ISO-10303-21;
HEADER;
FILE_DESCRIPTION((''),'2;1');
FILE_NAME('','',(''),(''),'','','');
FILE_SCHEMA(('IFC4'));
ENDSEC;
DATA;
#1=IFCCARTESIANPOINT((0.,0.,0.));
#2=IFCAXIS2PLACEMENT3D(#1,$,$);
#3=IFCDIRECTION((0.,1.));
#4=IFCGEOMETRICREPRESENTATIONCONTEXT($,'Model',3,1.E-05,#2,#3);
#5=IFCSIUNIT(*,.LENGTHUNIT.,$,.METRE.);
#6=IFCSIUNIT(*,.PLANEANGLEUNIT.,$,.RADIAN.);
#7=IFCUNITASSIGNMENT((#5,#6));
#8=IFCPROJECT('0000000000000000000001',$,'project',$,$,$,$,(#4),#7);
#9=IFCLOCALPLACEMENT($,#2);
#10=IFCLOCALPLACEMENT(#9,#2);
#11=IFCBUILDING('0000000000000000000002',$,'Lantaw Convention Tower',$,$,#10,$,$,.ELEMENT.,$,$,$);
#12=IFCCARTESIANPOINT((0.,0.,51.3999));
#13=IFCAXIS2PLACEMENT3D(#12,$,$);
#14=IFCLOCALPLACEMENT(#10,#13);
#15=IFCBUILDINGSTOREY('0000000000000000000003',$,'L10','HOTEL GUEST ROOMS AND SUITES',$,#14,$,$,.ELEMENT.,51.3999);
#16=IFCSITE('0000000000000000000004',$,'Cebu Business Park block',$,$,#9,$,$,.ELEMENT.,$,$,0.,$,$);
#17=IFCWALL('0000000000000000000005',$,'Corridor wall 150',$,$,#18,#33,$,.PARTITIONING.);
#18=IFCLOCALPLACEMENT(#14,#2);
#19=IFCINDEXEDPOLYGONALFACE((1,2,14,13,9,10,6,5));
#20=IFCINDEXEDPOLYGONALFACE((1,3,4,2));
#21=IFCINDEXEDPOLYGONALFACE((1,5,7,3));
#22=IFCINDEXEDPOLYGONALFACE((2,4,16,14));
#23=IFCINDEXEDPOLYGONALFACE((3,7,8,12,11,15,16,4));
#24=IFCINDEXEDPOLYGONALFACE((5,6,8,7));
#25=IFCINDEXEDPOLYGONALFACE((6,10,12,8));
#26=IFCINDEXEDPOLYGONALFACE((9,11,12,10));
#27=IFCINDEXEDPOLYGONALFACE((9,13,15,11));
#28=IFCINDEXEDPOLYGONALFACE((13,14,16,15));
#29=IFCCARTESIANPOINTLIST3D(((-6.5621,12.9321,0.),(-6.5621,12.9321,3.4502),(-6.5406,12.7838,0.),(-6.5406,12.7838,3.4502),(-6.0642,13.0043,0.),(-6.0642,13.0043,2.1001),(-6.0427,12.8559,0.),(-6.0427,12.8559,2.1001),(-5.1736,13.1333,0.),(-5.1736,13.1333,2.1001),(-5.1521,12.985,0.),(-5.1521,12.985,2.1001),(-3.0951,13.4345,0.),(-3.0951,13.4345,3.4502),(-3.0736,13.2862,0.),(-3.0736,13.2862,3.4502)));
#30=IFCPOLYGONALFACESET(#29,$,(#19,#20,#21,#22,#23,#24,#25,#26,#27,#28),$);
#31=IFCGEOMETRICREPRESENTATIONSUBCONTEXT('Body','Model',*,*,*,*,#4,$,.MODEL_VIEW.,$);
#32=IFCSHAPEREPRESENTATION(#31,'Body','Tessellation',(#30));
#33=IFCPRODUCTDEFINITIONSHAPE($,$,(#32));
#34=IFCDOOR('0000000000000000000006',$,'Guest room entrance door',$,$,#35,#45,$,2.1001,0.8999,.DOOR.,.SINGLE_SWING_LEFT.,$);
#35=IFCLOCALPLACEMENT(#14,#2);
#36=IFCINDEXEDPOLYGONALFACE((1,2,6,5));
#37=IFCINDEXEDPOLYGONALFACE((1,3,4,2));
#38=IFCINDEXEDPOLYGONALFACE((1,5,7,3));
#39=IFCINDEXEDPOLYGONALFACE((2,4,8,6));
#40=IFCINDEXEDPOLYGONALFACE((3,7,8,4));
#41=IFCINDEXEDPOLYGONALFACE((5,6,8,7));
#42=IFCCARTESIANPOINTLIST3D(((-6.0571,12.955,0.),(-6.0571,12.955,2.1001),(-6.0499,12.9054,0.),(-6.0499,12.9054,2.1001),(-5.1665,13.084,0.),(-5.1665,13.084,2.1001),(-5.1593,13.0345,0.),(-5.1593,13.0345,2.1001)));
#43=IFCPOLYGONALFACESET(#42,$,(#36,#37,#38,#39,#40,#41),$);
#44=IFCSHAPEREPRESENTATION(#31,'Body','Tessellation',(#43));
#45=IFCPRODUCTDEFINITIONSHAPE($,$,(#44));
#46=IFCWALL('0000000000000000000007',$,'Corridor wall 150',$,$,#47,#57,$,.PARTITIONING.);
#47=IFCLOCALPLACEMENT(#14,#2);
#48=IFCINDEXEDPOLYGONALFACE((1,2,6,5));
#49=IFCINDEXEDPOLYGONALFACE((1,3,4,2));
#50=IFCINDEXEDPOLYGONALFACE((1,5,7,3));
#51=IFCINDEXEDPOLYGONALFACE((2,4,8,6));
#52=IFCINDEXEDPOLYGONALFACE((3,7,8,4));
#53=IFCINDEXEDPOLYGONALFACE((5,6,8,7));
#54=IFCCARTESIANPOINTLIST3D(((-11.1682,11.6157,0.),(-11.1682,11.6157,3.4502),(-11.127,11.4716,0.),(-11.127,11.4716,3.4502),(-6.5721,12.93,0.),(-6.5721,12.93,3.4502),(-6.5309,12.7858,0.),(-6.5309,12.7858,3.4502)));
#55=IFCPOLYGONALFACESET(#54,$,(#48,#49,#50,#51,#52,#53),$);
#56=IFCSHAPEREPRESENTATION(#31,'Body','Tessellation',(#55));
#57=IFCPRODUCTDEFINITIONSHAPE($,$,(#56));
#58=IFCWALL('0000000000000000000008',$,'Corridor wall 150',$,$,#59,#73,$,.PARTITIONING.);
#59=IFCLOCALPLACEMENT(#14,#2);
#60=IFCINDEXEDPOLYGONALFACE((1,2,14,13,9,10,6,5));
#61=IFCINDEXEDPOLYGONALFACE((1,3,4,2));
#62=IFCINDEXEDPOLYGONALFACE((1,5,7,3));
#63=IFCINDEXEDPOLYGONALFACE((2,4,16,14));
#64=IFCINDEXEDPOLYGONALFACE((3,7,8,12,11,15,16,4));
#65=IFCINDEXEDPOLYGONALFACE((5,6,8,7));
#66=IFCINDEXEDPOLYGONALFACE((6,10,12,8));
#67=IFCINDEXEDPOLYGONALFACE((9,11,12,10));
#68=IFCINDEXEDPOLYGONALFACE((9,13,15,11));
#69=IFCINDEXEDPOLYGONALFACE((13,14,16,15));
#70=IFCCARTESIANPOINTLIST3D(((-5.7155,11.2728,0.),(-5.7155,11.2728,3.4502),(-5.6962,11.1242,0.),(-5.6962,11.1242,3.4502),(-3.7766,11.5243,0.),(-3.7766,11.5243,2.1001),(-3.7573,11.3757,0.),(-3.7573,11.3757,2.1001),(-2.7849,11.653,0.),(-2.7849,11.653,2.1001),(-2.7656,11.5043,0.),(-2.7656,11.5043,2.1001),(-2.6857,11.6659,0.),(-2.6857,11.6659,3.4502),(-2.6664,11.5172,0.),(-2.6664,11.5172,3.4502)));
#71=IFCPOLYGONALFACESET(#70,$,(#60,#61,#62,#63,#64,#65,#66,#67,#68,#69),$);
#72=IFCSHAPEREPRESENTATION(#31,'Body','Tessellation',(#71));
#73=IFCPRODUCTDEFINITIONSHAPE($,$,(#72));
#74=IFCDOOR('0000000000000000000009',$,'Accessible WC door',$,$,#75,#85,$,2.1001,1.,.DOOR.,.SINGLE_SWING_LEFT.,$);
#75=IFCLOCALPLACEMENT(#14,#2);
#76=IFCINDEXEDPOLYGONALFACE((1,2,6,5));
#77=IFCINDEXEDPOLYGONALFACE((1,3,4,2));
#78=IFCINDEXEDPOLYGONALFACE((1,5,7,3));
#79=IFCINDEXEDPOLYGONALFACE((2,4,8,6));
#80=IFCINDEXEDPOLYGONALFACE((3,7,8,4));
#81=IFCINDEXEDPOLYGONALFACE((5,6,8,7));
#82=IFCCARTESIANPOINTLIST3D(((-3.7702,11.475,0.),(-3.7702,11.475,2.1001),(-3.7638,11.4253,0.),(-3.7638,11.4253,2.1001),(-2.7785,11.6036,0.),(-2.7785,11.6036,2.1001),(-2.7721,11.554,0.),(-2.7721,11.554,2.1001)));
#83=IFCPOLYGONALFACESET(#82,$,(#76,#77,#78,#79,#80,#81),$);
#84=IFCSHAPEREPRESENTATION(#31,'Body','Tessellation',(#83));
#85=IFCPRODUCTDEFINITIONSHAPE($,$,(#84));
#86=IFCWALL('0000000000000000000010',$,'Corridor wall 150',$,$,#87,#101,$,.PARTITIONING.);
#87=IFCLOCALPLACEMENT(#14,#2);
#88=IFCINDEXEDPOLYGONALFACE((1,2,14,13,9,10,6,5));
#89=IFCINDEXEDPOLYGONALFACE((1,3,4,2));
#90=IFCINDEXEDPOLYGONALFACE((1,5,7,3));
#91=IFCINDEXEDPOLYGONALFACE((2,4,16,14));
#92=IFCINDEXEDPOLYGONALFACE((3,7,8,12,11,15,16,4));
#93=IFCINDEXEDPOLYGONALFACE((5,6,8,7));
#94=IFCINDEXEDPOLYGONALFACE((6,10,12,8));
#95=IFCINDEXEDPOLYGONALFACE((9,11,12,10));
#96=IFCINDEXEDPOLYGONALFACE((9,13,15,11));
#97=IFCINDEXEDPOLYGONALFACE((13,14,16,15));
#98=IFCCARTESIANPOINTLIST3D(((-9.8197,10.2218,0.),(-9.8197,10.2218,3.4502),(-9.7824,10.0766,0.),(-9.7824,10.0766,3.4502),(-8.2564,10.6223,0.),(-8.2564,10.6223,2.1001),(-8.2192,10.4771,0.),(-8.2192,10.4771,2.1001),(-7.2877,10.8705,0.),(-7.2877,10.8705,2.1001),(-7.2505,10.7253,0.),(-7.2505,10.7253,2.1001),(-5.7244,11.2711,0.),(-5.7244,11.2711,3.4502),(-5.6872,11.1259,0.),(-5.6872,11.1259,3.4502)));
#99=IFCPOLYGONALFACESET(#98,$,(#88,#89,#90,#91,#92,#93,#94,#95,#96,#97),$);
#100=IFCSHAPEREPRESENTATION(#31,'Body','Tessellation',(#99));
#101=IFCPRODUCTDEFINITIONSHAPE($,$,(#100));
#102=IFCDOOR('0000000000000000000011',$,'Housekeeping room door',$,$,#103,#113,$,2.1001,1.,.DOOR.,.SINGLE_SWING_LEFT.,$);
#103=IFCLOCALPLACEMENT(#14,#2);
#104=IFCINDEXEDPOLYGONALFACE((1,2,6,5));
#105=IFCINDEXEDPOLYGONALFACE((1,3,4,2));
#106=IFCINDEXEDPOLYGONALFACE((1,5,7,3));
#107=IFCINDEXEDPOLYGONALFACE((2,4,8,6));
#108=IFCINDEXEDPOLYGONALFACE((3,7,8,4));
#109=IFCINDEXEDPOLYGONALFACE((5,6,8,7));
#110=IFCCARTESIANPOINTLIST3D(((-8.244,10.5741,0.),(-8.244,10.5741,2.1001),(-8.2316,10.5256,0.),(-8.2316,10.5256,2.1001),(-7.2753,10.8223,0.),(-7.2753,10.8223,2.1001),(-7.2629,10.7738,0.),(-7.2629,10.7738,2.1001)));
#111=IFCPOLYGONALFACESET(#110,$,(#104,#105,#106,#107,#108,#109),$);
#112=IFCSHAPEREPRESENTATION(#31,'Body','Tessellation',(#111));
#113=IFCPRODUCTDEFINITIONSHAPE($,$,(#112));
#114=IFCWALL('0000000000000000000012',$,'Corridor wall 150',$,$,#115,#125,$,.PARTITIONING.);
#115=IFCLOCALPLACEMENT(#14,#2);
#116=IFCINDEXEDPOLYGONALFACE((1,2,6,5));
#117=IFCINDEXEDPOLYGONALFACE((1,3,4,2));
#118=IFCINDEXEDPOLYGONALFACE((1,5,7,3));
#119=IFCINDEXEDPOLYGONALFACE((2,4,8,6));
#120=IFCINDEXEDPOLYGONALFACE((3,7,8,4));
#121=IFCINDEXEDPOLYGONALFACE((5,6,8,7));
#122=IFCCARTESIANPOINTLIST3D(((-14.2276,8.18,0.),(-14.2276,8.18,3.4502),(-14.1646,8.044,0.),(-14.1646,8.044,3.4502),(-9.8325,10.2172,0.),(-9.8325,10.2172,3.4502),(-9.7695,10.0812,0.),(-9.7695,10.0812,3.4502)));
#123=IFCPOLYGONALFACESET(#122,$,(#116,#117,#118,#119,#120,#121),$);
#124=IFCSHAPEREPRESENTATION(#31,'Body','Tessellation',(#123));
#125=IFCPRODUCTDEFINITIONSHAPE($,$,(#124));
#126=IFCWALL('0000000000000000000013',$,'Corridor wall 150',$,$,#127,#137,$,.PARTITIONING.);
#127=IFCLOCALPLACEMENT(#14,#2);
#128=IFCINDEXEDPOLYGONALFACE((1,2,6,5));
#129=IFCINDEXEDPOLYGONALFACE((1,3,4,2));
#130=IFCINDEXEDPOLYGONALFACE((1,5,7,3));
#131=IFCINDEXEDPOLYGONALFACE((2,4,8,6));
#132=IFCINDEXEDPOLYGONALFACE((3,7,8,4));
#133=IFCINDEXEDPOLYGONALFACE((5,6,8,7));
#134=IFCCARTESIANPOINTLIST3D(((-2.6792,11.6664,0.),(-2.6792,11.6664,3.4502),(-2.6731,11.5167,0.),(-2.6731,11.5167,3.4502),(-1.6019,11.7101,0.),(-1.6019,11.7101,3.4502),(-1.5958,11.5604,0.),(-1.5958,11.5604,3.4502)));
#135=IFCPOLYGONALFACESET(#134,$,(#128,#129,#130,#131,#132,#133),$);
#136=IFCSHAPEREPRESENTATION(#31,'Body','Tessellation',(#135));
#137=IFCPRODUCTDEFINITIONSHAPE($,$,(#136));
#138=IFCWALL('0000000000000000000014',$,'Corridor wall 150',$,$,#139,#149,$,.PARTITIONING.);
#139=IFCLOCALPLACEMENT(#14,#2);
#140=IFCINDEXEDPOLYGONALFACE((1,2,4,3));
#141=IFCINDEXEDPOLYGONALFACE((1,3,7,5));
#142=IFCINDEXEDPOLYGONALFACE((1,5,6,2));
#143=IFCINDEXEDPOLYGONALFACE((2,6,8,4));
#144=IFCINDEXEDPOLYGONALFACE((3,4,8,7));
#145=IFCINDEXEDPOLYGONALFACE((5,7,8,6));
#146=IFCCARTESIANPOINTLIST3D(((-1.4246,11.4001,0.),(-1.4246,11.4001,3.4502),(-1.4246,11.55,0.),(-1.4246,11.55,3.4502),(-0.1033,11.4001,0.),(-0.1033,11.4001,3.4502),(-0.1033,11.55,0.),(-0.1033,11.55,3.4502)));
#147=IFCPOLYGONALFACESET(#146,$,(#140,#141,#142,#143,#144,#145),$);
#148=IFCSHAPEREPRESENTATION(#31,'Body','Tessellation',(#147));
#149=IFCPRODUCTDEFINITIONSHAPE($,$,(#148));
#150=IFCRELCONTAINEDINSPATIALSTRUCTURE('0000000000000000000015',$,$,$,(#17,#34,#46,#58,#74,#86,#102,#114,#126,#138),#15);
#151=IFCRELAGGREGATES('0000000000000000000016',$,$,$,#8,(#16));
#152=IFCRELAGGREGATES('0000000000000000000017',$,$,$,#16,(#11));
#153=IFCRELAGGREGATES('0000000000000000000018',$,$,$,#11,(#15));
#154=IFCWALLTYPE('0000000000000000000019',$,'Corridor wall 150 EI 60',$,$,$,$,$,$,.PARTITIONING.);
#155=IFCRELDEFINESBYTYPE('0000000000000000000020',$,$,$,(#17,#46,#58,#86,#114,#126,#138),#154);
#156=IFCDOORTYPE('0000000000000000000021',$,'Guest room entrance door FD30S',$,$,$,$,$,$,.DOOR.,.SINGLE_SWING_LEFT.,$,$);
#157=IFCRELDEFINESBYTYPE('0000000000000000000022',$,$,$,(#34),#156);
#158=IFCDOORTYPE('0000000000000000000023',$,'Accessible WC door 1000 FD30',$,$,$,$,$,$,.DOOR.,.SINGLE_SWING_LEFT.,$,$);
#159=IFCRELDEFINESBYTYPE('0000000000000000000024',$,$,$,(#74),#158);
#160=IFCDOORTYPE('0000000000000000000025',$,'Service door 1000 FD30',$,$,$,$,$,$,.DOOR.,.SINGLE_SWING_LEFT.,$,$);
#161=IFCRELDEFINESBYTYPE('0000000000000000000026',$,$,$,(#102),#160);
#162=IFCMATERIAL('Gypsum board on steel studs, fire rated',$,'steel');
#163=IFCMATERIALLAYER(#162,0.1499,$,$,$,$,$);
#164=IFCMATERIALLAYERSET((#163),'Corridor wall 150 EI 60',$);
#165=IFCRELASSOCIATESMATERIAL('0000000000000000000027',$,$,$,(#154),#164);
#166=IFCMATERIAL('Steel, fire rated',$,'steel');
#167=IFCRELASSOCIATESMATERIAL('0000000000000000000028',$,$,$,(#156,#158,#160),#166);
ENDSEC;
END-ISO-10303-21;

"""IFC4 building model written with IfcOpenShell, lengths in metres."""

from ifc_helpers import new_model, si_unit, direction, frame, frame_2d, origin, place, context, subcontext, project, spatial, rectangle, extrude, material, layer, layer_set, type_object, element, fill, save


model = new_model("IFC4")

# Units and contexts
model_context = context("Model", 3, precision=1e-05, world=origin(), true_north=direction((0.0, 1.0)))
body_context = subcontext(model_context, "Body", "Model", "MODEL_VIEW")
ifc_project = project(units=[si_unit("LENGTHUNIT", "METRE"), si_unit("PLANEANGLEUNIT", "RADIAN")], contexts=[model_context])

# Site, building, storey
site_placement = place(None, origin())
site = spatial("IfcSite", under=ifc_project, at=site_placement, Name="Cebu Business Park block", CompositionType="ELEMENT", RefElevation=0.0)
building_placement = place(site_placement, origin())
building = spatial("IfcBuilding", under=site, at=building_placement, Name="Lantaw Convention Tower", CompositionType="ELEMENT")
storey_placement = place(building_placement, frame((0.0, 0.0, 51.3999)))
storey = spatial("IfcBuildingStorey", under=building, at=storey_placement, Name="L10", Description="HOTEL GUEST ROOMS AND SUITES", CompositionType="ELEMENT", Elevation=51.3999)

# Wall, opening, door
ifc_material_1 = material(Name="Gypsum board on steel studs, fire rated", Category="steel")
ifc_layer_1 = layer(ifc_material_1, 0.1499)
ifc_layer_set_1 = layer_set([ifc_layer_1], Name="Corridor wall 150 EI 60")
wall_type_1 = type_object("IfcWallType", Name="Corridor wall 150 EI 60", PredefinedType="PARTITIONING", material=ifc_layer_set_1)
wall_1_placement = place(storey_placement, frame((-3.0845, 13.3604, 0.0), z_axis=(0.0, 0.0, 1.0), x_axis=(-0.989662, -0.143421, 0.0)))
wall_1 = element("IfcWall", 1, at=wall_1_placement, inside=storey, type_object=wall_type_1, Name="Corridor wall 150", PredefinedType="PARTITIONING", context=body_context, shape_type="SweptSolid", body=[
    extrude(rectangle(XDim=3.5032, YDim=0.1499, at=frame_2d((1.7515, 0.0))), origin(), (0.0, 0.0, 1.0), 3.4502),
])
opening_1_placement = place(wall_1_placement, frame((2.1001, 0.0, 0.0)))
opening_1 = element("IfcOpeningElement", 2, at=opening_1_placement, cuts=wall_1, PredefinedType="OPENING", context=body_context, shape_type="SweptSolid", body=[
    extrude(rectangle(XDim=0.8999, YDim=2.1001, at=frame_2d((0.45, 1.05))), frame((0.0, 0.085, 0.0), z_axis=(0.0, -1.0, 0.0), x_axis=(1.0, 0.0, 0.0)), (0.0, 0.0, 1.0), 0.1699),
])
ifc_material_2 = material(Name="Steel, fire rated", Category="steel")
door_type_1 = type_object("IfcDoorType", Name="Guest room entrance door FD30S", OperationType="SINGLE_SWING_LEFT", PredefinedType="DOOR", material=ifc_material_2)
door_1_placement = place(opening_1_placement, origin())
door_1 = element("IfcDoor", 3, at=door_1_placement, inside=storey, type_object=door_type_1, Name="Guest room entrance door", OperationType="SINGLE_SWING_LEFT", OverallHeight=2.1001, OverallWidth=0.8999, PredefinedType="DOOR", context=body_context, shape_type="SweptSolid", body=[
    extrude(rectangle(XDim=0.8999, YDim=2.1001, at=frame_2d((0.45, 1.05))), frame((0.0, 0.0249, 0.0), z_axis=(0.0, -1.0, 0.0), x_axis=(1.0, 0.0, 0.0)), (0.0, 0.0, 1.0), 0.05),
])
fill(opening_1, door_1)

# Wall
wall_2_placement = place(storey_placement, frame((-6.5515, 12.8579, 0.0), z_axis=(0.0, 0.0, 1.0), x_axis=(-0.961464, -0.27493, 0.0)))
element("IfcWall", 4, at=wall_2_placement, inside=storey, type_object=wall_type_1, Name="Corridor wall 150", PredefinedType="PARTITIONING", context=body_context, shape_type="SweptSolid", body=[
    extrude(rectangle(XDim=4.7803, YDim=0.1499, at=frame_2d((2.3901, 0.0))), origin(), (0.0, 0.0, 1.0), 3.4502),
])

# Walls, openings, doors
wall_3_placement = place(storey_placement, frame((-2.676, 11.5916, 0.0), z_axis=(0.0, 0.0, 1.0), x_axis=(-0.991689, -0.128656, 0.0)))
wall_3 = element("IfcWall", 5, at=wall_3_placement, inside=storey, type_object=wall_type_1, Name="Corridor wall 150", PredefinedType="PARTITIONING", context=body_context, shape_type="SweptSolid", body=[
    extrude(rectangle(XDim=3.0552, YDim=0.1499, at=frame_2d((1.5276, 0.0))), origin(), (0.0, 0.0, 1.0), 3.4502),
])
opening_2_placement = place(wall_3_placement, frame((0.1001, 0.0, 0.0)))
opening_2 = element("IfcOpeningElement", 6, at=opening_2_placement, cuts=wall_3, PredefinedType="OPENING", context=body_context, shape_type="SweptSolid", body=[
    extrude(rectangle(XDim=1.0, YDim=2.1001, at=frame_2d((0.5, 1.05))), frame((0.0, 0.085, 0.0), z_axis=(0.0, -1.0, 0.0), x_axis=(1.0, 0.0, 0.0)), (0.0, 0.0, 1.0), 0.1699),
])
door_type_2 = type_object("IfcDoorType", Name="Accessible WC door 1000 FD30", OperationType="SINGLE_SWING_LEFT", PredefinedType="DOOR", material=ifc_material_2)
door_2_placement = place(opening_2_placement, origin())
door_2 = element("IfcDoor", 7, at=door_2_placement, inside=storey, type_object=door_type_2, Name="Accessible WC door", OperationType="SINGLE_SWING_LEFT", OverallHeight=2.1001, OverallWidth=1.0, PredefinedType="DOOR", context=body_context, shape_type="SweptSolid", body=[
    extrude(rectangle(XDim=1.0, YDim=2.1001, at=frame_2d((0.5, 1.05))), frame((0.0, 0.0249, 0.0), z_axis=(0.0, -1.0, 0.0), x_axis=(1.0, 0.0, 0.0)), (0.0, 0.0, 1.0), 0.05),
])
fill(opening_2, door_2)
wall_4_placement = place(storey_placement, frame((-5.7058, 11.1985, 0.0), z_axis=(0.0, 0.0, 1.0), x_axis=(-0.968706, -0.248211, 0.0)))
wall_4 = element("IfcWall", 8, at=wall_4_placement, inside=storey, type_object=wall_type_1, Name="Corridor wall 150", PredefinedType="PARTITIONING", context=body_context, shape_type="SweptSolid", body=[
    extrude(rectangle(XDim=4.2275, YDim=0.1499, at=frame_2d((2.1138, 0.0))), origin(), (0.0, 0.0, 1.0), 3.4502),
])
opening_3_placement = place(wall_4_placement, frame((1.6138, 0.0, 0.0)))
opening_3 = element("IfcOpeningElement", 9, at=opening_3_placement, cuts=wall_4, PredefinedType="OPENING", context=body_context, shape_type="SweptSolid", body=[
    extrude(rectangle(XDim=1.0, YDim=2.1001, at=frame_2d((0.5, 1.05))), frame((0.0, 0.085, 0.0), z_axis=(0.0, -1.0, 0.0), x_axis=(1.0, 0.0, 0.0)), (0.0, 0.0, 1.0), 0.1699),
])
door_type_3 = type_object("IfcDoorType", Name="Service door 1000 FD30", OperationType="SINGLE_SWING_LEFT", PredefinedType="DOOR", material=ifc_material_2)
door_3_placement = place(opening_3_placement, origin())
door_3 = element("IfcDoor", 10, at=door_3_placement, inside=storey, type_object=door_type_3, Name="Housekeeping room door", OperationType="SINGLE_SWING_LEFT", OverallHeight=2.1001, OverallWidth=1.0, PredefinedType="DOOR", context=body_context, shape_type="SweptSolid", body=[
    extrude(rectangle(XDim=1.0, YDim=2.1001, at=frame_2d((0.5, 1.05))), frame((0.0, 0.0249, 0.0), z_axis=(0.0, -1.0, 0.0), x_axis=(1.0, 0.0, 0.0)), (0.0, 0.0, 1.0), 0.05),
])
fill(opening_3, door_3)

# Walls
wall_5_placement = place(storey_placement, frame((-9.801, 10.1492, 0.0), z_axis=(0.0, 0.0, 1.0), x_axis=(-0.90728, -0.420528, 0.0)))
element("IfcWall", 11, at=wall_5_placement, inside=storey, type_object=wall_type_1, Name="Corridor wall 150", PredefinedType="PARTITIONING", context=body_context, shape_type="SweptSolid", body=[
    extrude(rectangle(XDim=4.8442, YDim=0.1499, at=frame_2d((2.4221, 0.0))), origin(), (0.0, 0.0, 1.0), 3.4502),
])
wall_6_placement = place(storey_placement, frame((-1.5989, 11.6353, 0.0), z_axis=(0.0, 0.0, 1.0), x_axis=(-0.999178, -0.040538, 0.0)))
element("IfcWall", 12, at=wall_6_placement, inside=storey, type_object=wall_type_1, Name="Corridor wall 150", PredefinedType="PARTITIONING", context=body_context, shape_type="SweptSolid", body=[
    extrude(rectangle(XDim=1.0781, YDim=0.1499, at=frame_2d((0.5391, 0.0))), origin(), (0.0, 0.0, 1.0), 3.4502),
])
wall_7_placement = place(storey_placement, frame((-0.1033, 11.4751, 0.0), z_axis=(0.0, 0.0, 1.0), x_axis=(-1.0, 0.0, 0.0)))
element("IfcWall", 13, at=wall_7_placement, inside=storey, type_object=wall_type_1, Name="Corridor wall 150", PredefinedType="PARTITIONING", context=body_context, shape_type="SweptSolid", body=[
    extrude(rectangle(XDim=1.3213, YDim=0.1499, at=frame_2d((0.6606, 0.0))), origin(), (0.0, 0.0, 1.0), 3.4502),
])

save(model, "model.ifc")
